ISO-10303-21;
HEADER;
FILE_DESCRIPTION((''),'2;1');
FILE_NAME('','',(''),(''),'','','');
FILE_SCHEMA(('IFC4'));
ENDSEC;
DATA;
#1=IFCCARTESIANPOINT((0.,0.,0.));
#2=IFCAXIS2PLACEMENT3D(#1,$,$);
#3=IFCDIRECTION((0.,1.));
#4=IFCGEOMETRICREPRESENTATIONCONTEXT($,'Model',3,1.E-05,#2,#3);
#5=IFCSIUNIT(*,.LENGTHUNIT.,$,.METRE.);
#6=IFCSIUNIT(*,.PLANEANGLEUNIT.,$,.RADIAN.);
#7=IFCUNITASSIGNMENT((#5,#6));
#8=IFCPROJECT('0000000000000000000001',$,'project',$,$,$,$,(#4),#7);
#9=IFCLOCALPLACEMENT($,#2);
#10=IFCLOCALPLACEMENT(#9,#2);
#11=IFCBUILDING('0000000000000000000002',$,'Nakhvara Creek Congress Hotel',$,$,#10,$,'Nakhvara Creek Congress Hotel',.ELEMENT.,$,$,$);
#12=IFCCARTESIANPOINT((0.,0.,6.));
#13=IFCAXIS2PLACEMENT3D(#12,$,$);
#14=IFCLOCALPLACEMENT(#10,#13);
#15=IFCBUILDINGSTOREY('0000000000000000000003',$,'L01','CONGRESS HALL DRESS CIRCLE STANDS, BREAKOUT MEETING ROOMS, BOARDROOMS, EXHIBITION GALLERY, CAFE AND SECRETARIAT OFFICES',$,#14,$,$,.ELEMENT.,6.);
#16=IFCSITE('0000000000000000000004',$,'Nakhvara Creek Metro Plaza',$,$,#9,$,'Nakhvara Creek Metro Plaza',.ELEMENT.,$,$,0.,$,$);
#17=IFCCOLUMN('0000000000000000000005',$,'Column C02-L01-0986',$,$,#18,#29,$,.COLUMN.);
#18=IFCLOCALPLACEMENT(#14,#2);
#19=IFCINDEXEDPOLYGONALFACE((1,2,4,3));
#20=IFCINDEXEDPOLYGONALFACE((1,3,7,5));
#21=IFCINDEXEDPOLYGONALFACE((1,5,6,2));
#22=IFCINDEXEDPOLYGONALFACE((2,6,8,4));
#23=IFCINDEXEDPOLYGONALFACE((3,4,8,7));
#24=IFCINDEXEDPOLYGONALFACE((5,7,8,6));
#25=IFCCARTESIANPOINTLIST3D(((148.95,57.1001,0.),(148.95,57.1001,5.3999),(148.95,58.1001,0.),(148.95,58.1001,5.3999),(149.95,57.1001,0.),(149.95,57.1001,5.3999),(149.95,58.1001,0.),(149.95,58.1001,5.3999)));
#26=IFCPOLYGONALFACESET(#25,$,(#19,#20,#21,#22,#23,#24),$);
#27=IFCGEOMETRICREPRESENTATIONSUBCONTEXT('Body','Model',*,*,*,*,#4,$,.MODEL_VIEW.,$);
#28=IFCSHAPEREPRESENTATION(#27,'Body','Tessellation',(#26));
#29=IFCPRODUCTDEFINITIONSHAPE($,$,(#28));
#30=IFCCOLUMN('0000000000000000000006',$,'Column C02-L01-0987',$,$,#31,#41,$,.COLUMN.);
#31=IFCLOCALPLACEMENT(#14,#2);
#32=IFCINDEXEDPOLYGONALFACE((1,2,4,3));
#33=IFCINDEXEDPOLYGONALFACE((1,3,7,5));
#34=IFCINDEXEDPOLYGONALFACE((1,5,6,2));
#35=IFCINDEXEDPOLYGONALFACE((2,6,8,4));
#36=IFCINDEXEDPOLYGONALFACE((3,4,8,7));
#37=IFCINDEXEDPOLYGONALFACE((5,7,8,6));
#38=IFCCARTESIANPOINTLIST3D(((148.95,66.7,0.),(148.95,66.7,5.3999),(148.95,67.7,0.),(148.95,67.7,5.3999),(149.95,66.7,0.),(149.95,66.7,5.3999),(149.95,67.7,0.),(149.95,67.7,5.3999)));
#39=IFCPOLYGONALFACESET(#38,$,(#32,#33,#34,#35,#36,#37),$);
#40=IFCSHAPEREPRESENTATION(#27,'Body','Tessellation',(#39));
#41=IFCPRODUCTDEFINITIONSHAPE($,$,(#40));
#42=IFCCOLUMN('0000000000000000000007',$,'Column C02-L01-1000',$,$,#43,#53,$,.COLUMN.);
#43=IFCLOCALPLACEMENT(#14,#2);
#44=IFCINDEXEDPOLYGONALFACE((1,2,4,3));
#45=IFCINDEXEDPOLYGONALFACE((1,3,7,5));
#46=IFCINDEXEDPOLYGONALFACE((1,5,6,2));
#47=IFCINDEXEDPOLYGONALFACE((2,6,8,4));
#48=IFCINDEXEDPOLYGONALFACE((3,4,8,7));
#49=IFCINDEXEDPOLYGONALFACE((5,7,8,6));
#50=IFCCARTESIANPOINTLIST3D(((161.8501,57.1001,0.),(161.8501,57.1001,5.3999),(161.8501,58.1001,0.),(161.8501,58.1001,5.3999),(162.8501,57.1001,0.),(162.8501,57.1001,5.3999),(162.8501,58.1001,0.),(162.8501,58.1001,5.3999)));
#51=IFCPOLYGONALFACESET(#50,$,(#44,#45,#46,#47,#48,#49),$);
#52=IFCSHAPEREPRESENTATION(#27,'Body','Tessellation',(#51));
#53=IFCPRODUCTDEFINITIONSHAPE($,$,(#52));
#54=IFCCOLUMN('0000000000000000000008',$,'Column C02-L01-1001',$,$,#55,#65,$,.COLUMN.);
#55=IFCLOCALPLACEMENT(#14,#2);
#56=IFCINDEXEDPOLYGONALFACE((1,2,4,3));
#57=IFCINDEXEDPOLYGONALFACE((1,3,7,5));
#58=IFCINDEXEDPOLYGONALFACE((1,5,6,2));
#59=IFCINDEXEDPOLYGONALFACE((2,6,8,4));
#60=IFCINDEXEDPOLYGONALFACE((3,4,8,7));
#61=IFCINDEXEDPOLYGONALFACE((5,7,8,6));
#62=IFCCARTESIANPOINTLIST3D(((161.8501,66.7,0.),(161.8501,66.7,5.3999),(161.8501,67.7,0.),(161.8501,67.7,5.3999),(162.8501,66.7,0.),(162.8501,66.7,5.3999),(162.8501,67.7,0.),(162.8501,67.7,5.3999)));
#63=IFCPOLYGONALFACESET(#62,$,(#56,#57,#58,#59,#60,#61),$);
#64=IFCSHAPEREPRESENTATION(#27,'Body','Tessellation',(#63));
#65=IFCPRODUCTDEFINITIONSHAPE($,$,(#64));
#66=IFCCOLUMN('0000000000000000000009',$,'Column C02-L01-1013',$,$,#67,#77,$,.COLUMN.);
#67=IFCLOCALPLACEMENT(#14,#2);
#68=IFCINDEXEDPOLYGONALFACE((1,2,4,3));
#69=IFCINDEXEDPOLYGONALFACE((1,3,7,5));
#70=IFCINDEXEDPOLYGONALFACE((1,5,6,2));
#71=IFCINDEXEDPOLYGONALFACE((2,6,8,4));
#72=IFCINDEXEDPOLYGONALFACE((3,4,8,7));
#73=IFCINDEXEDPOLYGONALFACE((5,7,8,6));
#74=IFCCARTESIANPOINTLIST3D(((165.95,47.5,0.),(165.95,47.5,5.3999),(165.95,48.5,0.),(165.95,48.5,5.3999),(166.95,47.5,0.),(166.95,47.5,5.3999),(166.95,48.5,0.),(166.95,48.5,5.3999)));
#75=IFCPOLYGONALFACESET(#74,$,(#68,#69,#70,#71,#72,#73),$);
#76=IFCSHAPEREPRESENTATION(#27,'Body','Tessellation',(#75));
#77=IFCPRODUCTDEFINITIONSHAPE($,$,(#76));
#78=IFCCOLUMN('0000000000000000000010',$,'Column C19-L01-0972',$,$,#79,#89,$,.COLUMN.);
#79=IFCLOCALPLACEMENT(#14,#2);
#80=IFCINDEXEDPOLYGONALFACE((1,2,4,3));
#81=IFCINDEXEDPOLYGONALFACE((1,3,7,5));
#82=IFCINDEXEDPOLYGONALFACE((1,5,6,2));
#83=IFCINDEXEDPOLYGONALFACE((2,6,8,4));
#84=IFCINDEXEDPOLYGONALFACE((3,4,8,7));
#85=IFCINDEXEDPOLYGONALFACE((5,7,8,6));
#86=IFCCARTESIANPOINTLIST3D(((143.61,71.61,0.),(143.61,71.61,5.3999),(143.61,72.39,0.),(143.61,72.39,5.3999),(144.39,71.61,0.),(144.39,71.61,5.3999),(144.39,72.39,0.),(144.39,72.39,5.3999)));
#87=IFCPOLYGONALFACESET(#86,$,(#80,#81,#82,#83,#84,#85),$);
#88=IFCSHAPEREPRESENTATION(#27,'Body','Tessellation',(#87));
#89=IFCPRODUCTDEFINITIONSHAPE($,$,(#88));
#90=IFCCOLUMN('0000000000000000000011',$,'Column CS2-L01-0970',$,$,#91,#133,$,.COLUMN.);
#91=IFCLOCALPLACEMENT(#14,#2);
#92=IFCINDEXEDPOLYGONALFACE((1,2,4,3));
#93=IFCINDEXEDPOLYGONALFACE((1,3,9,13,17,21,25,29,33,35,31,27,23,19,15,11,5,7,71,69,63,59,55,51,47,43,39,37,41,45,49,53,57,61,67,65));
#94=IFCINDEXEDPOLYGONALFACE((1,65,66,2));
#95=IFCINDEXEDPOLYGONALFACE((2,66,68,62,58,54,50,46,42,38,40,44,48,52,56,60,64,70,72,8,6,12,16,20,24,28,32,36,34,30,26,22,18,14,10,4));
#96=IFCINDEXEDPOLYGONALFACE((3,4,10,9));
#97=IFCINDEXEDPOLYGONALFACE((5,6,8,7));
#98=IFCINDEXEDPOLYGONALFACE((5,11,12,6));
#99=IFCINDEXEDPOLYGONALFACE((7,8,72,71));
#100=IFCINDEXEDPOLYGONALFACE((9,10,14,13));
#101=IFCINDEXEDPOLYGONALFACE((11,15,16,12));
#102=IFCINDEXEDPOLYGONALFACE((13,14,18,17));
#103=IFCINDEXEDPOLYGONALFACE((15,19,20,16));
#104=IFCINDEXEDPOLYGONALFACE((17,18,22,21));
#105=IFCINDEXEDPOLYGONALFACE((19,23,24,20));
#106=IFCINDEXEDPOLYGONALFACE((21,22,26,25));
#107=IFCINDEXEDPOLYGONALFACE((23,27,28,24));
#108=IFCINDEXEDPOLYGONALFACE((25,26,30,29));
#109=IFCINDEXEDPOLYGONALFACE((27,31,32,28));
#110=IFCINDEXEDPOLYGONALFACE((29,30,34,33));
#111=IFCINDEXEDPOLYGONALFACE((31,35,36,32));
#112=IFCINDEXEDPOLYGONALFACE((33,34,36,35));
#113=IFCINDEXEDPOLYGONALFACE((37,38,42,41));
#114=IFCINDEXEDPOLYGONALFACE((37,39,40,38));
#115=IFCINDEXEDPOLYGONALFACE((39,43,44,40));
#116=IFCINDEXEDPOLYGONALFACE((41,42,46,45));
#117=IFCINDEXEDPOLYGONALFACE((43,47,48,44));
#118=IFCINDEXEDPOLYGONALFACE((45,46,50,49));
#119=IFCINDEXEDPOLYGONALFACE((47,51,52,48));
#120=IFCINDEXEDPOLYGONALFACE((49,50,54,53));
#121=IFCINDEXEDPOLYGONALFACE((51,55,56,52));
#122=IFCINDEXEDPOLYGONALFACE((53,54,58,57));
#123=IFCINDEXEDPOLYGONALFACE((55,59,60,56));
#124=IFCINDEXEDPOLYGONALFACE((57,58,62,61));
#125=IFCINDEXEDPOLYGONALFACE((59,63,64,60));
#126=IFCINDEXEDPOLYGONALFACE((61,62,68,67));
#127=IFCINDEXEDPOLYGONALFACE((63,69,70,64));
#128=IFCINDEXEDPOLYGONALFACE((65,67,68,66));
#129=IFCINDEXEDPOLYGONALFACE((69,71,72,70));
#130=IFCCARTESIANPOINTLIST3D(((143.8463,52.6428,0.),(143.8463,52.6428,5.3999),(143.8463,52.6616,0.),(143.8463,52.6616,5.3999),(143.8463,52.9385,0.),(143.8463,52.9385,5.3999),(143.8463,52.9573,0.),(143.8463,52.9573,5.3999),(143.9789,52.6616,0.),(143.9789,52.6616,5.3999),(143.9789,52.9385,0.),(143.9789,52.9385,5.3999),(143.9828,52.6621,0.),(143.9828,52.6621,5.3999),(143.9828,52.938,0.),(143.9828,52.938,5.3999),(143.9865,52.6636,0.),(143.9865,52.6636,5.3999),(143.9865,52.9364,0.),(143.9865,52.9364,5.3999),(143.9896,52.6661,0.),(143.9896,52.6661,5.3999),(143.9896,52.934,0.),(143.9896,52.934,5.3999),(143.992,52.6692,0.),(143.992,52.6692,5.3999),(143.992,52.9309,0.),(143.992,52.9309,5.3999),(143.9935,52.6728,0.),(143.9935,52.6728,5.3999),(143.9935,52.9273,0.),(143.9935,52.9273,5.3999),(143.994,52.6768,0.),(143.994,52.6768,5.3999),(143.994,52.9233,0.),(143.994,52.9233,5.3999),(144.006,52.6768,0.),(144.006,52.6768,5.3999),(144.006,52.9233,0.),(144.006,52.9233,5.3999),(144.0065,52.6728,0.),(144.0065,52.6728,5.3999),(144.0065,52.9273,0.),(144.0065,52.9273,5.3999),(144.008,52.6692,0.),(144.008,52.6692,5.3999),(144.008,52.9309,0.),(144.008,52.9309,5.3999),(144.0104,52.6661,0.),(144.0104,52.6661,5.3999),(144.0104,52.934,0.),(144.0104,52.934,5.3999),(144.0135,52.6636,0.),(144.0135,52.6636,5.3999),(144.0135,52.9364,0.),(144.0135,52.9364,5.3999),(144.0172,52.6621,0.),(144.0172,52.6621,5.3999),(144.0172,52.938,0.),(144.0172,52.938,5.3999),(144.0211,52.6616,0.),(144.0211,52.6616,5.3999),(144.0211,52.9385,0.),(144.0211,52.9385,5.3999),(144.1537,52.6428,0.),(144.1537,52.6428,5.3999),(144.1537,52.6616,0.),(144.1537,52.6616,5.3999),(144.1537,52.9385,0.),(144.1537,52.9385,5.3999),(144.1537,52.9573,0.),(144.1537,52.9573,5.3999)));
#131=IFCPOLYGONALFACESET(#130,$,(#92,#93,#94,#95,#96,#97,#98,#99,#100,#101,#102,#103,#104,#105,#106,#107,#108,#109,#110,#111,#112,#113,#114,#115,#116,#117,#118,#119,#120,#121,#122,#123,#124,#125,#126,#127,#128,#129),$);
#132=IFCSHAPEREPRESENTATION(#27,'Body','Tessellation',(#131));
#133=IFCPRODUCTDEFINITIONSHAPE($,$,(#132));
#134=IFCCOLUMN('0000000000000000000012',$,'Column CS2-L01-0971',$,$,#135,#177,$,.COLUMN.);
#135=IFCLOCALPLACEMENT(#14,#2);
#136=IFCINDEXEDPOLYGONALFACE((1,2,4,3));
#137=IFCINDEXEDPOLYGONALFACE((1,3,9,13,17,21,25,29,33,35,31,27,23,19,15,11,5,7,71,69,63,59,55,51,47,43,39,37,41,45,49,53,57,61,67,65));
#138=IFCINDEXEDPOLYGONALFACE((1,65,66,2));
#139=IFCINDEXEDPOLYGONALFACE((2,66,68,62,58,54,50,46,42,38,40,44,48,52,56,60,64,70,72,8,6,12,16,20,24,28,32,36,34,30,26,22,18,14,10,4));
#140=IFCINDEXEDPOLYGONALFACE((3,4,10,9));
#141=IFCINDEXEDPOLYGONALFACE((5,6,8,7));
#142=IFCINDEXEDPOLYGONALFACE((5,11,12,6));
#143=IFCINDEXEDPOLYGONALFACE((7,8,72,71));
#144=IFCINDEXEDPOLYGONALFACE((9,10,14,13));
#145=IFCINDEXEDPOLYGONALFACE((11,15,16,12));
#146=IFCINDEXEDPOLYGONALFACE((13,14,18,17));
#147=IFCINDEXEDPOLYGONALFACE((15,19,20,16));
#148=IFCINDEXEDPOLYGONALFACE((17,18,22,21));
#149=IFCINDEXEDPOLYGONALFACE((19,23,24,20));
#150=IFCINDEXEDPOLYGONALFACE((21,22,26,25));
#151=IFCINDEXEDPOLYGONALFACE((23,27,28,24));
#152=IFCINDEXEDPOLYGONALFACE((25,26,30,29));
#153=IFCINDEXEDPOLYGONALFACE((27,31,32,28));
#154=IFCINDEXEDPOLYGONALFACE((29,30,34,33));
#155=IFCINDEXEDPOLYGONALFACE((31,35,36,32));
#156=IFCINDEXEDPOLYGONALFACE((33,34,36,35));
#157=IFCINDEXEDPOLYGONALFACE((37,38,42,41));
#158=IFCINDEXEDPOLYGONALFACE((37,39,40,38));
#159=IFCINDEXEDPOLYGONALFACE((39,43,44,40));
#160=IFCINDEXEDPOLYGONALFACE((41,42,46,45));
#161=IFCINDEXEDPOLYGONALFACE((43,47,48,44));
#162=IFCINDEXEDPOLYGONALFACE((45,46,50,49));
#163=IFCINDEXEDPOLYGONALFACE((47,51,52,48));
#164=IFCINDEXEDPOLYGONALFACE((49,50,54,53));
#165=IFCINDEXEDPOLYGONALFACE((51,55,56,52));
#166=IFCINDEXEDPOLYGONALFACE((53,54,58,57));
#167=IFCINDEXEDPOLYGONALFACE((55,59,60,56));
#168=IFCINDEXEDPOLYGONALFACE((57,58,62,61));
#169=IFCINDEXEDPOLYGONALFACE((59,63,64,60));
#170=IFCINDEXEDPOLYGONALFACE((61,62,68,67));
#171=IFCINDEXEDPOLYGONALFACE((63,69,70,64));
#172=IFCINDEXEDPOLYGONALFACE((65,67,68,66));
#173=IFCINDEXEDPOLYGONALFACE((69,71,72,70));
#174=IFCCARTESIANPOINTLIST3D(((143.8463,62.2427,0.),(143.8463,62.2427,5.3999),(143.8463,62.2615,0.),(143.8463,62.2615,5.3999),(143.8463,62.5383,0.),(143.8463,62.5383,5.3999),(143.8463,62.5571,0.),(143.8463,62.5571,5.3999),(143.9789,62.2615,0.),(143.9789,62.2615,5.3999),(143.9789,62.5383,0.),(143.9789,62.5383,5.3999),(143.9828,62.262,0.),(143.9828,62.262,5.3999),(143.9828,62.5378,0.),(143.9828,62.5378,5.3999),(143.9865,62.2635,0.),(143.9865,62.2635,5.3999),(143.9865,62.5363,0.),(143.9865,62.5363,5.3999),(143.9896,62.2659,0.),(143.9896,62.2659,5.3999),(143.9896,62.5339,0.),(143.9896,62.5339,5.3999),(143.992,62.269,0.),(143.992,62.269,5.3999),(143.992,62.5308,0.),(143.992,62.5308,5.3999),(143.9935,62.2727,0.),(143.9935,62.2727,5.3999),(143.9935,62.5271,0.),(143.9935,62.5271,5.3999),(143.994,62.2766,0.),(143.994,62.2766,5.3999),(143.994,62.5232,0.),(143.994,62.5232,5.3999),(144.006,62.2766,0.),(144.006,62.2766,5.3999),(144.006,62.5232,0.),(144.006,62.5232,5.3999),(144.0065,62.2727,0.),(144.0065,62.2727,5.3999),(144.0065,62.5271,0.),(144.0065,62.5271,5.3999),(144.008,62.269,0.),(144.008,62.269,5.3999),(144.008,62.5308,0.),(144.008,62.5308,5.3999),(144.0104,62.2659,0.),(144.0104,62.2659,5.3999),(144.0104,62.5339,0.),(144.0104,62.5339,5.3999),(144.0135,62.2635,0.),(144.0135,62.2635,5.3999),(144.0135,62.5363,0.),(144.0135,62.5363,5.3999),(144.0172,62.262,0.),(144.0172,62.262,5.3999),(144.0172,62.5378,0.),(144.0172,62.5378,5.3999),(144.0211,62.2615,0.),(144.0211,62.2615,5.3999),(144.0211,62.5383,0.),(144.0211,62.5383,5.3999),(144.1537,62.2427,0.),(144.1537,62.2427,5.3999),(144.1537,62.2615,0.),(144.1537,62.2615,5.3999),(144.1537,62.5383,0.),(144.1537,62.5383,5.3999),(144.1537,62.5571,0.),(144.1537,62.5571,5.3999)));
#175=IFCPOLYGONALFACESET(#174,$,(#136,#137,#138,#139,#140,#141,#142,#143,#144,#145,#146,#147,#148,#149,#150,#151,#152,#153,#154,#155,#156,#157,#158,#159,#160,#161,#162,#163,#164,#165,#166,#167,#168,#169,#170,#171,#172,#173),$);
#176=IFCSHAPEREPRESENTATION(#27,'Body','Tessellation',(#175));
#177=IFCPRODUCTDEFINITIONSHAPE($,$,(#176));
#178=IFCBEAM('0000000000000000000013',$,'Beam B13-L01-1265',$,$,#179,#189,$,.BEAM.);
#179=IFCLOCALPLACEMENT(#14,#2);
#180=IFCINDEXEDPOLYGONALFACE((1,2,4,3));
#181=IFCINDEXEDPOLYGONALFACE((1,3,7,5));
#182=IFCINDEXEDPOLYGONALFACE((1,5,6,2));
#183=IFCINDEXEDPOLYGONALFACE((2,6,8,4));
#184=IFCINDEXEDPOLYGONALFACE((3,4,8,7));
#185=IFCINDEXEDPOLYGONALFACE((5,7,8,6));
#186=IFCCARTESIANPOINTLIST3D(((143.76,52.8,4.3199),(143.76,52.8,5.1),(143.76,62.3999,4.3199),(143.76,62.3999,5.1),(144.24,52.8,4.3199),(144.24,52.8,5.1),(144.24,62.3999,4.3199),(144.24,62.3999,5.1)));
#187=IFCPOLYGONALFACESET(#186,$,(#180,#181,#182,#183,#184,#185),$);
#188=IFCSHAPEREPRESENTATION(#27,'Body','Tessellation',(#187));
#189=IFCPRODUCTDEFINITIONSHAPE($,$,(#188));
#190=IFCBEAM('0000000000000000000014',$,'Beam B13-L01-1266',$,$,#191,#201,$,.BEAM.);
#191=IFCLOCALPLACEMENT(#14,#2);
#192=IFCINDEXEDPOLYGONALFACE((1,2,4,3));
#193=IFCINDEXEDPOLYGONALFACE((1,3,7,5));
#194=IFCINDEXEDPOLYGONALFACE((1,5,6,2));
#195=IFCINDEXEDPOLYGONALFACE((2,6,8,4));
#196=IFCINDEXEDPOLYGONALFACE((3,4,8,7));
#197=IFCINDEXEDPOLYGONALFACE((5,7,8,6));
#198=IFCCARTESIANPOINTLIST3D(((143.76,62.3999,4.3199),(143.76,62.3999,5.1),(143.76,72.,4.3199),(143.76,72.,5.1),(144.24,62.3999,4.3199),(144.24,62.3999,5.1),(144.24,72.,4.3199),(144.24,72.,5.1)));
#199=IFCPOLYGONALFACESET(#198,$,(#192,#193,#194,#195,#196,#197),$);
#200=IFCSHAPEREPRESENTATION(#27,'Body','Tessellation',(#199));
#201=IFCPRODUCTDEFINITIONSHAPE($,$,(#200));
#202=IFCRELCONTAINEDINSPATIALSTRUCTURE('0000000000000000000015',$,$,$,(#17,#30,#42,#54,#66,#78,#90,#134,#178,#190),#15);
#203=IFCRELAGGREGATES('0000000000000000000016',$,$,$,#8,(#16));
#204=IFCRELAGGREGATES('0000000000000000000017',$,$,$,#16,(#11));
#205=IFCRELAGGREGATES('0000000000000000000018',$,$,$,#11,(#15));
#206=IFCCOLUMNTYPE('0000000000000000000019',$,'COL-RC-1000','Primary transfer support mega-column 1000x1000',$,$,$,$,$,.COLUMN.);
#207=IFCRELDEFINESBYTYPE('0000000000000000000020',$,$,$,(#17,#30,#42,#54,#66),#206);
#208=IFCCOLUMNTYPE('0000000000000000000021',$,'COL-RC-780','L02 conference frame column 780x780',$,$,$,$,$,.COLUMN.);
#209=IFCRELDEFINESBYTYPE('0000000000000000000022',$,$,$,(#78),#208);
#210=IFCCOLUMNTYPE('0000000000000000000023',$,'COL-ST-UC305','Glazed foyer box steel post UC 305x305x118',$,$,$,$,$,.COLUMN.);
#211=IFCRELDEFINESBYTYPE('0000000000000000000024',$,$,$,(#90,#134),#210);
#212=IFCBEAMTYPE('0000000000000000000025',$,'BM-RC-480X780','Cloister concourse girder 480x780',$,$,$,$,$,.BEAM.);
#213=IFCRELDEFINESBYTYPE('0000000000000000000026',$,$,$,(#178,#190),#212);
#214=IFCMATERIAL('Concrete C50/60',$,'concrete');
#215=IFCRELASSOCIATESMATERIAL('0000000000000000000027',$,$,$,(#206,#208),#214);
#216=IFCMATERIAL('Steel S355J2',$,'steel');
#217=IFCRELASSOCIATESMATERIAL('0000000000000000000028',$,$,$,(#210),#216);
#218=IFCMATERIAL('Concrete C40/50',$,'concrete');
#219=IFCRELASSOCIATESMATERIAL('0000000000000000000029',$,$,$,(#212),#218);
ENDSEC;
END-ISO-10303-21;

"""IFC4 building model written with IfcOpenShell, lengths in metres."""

from ifc_helpers import new_model, si_unit, direction, frame, origin, origin_2d, place, context, subcontext, project, spatial, rectangle, i_section, extrude, material, material_profile, profile_set, type_object, element, save


model = new_model("IFC4")

# Units and contexts
model_context = context("Model", 3, precision=1e-05, world=origin(), true_north=direction((0.0, 1.0)))
body_context = subcontext(model_context, "Body", "Model", "MODEL_VIEW")
ifc_project = project(units=[si_unit("LENGTHUNIT", "METRE"), si_unit("PLANEANGLEUNIT", "RADIAN")], contexts=[model_context])

# Site, building, storey
site_placement = place(None, origin())
site = spatial("IfcSite", under=ifc_project, at=site_placement, Name="Nakhvara Creek Metro Plaza", LongName="Nakhvara Creek Metro Plaza", CompositionType="ELEMENT", RefElevation=0.0)
building_placement = place(site_placement, origin())
building = spatial("IfcBuilding", under=site, at=building_placement, Name="Nakhvara Creek Congress Hotel", LongName="Nakhvara Creek Congress Hotel", CompositionType="ELEMENT")
storey_placement = place(building_placement, frame((0.0, 0.0, 6.0)))
storey = spatial("IfcBuildingStorey", under=building, at=storey_placement, Name="L01", Description="CONGRESS HALL DRESS CIRCLE STANDS, BREAKOUT MEETING ROOMS, BOARDROOMS, EXHIBITION GALLERY, CAFE AND SECRETARIAT OFFICES", CompositionType="ELEMENT", Elevation=6.0)

# Columns
ifc_material_1 = material(Name="Concrete C50/60", Category="concrete")
ifc_material_profile_1 = material_profile(ifc_material_1, rectangle(XDim=1.0, YDim=1.0, at=origin_2d()), Name="RC-COL 1000x1000", Category="LoadBearing")
ifc_profile_set_1 = profile_set([ifc_material_profile_1], Name="Concrete C50/60")
column_type_1 = type_object("IfcColumnType", Name="COL-RC-1000", Description="Primary transfer support mega-column 1000x1000", PredefinedType="COLUMN", material=ifc_profile_set_1)
for number, where, z_axis, x_axis, name in (
    (1, (149.45, 57.6001, 0.0), (0.0, 0.0, 1.0), (1.0, 0.0, 0.0), "Column C02-L01-0986"),
    (2, (149.45, 67.2, 0.0), (0.0, 0.0, 1.0), (1.0, 0.0, 0.0), "Column C02-L01-0987"),
    (3, (162.3501, 57.6001, 0.0), (0.0, 0.0, 1.0), (1.0, 0.0, 0.0), "Column C02-L01-1000"),
    (4, (162.3501, 67.2, 0.0), (0.0, 0.0, 1.0), (1.0, 0.0, 0.0), "Column C02-L01-1001"),
    (5, (166.45, 48.0, 0.0), (0.0, 0.0, 1.0), (1.0, 0.0, 0.0), "Column C02-L01-1013"),
):
    element("IfcColumn", number, at=place(storey_placement, frame(where, z_axis=z_axis, x_axis=x_axis)), inside=storey, type_object=column_type_1, Name=name, PredefinedType="COLUMN", context=body_context, shape_type="SweptSolid", body=[
        extrude(rectangle(XDim=1.0, YDim=1.0, at=origin_2d()), origin(), (0.0, 0.0, 1.0), 5.3999),
    ])
ifc_material_profile_2 = material_profile(ifc_material_1, rectangle(XDim=0.78, YDim=0.78, at=origin_2d()), Name="RC-COL 780x780", Category="LoadBearing")
ifc_profile_set_2 = profile_set([ifc_material_profile_2], Name="Concrete C50/60")
column_type_2 = type_object("IfcColumnType", Name="COL-RC-780", Description="L02 conference frame column 780x780", PredefinedType="COLUMN", material=ifc_profile_set_2)
column_placement = place(storey_placement, frame((144.0, 72.0, 0.0), z_axis=(0.0, 0.0, 1.0), x_axis=(1.0, 0.0, 0.0)))
element("IfcColumn", 6, at=column_placement, inside=storey, type_object=column_type_2, Name="Column C19-L01-0972", PredefinedType="COLUMN", context=body_context, shape_type="SweptSolid", body=[
    extrude(rectangle(XDim=0.78, YDim=0.78, at=origin_2d()), origin(), (0.0, 0.0, 1.0), 5.3999),
])
ifc_material_2 = material(Name="Steel S355J2", Category="steel")
ifc_material_profile_3 = material_profile(ifc_material_2, i_section(OverallWidth=0.3074, OverallDepth=0.3145, WebThickness=0.012, FlangeThickness=0.0188, FilletRadius=0.0151, at=origin_2d()), Name="UC 305x305x118", Category="LoadBearing")
ifc_profile_set_3 = profile_set([ifc_material_profile_3], Name="Steel S355J2")
column_type_3 = type_object("IfcColumnType", Name="COL-ST-UC305", Description="Glazed foyer box steel post UC 305x305x118", PredefinedType="COLUMN", material=ifc_profile_set_3)
for number, where, z_axis, x_axis, name in (
    (7, (144.0, 52.8, 0.0), (0.0, 0.0, 1.0), (1.0, 0.0, 0.0), "Column CS2-L01-0970"),
    (8, (144.0, 62.3999, 0.0), (0.0, 0.0, 1.0), (1.0, 0.0, 0.0), "Column CS2-L01-0971"),
):
    element("IfcColumn", number, at=place(storey_placement, frame(where, z_axis=z_axis, x_axis=x_axis)), inside=storey, type_object=column_type_3, Name=name, PredefinedType="COLUMN", context=body_context, shape_type="SweptSolid", body=[
        extrude(i_section(OverallWidth=0.3074, OverallDepth=0.3145, WebThickness=0.012, FlangeThickness=0.0188, FilletRadius=0.0151, at=origin_2d()), origin(), (0.0, 0.0, 1.0), 5.3999),
    ])

# Beams
ifc_material_3 = material(Name="Concrete C40/50", Category="concrete")
ifc_material_profile_4 = material_profile(ifc_material_3, rectangle(XDim=0.48, YDim=0.78, at=origin_2d()), Name="RC-BM 480x780", Category="LoadBearing")
ifc_profile_set_4 = profile_set([ifc_material_profile_4], Name="Concrete C40/50")
beam_type = type_object("IfcBeamType", Name="BM-RC-480X780", Description="Cloister concourse girder 480x780", PredefinedType="BEAM", material=ifc_profile_set_4)
beam_1_placement = place(storey_placement, frame((144.0, 52.8, 4.71), z_axis=(0.0, 1.0, 0.0), x_axis=(-1.0, 0.0, 0.0)))
element("IfcBeam", 9, at=beam_1_placement, inside=storey, type_object=beam_type, Name="Beam B13-L01-1265", PredefinedType="BEAM", context=body_context, shape_type="SweptSolid", body=[
    extrude(rectangle(XDim=0.48, YDim=0.78, at=origin_2d()), origin(), (0.0, 0.0, 1.0), 9.5999),
])
beam_2_placement = place(storey_placement, frame((144.0, 62.3999, 4.71), z_axis=(0.0, 1.0, 0.0), x_axis=(-1.0, 0.0, 0.0)))
element("IfcBeam", 10, at=beam_2_placement, inside=storey, type_object=beam_type, Name="Beam B13-L01-1266", PredefinedType="BEAM", context=body_context, shape_type="SweptSolid", body=[
    extrude(rectangle(XDim=0.48, YDim=0.78, at=origin_2d()), origin(), (0.0, 0.0, 1.0), 9.6001),
])

save(model, "model.ifc")
